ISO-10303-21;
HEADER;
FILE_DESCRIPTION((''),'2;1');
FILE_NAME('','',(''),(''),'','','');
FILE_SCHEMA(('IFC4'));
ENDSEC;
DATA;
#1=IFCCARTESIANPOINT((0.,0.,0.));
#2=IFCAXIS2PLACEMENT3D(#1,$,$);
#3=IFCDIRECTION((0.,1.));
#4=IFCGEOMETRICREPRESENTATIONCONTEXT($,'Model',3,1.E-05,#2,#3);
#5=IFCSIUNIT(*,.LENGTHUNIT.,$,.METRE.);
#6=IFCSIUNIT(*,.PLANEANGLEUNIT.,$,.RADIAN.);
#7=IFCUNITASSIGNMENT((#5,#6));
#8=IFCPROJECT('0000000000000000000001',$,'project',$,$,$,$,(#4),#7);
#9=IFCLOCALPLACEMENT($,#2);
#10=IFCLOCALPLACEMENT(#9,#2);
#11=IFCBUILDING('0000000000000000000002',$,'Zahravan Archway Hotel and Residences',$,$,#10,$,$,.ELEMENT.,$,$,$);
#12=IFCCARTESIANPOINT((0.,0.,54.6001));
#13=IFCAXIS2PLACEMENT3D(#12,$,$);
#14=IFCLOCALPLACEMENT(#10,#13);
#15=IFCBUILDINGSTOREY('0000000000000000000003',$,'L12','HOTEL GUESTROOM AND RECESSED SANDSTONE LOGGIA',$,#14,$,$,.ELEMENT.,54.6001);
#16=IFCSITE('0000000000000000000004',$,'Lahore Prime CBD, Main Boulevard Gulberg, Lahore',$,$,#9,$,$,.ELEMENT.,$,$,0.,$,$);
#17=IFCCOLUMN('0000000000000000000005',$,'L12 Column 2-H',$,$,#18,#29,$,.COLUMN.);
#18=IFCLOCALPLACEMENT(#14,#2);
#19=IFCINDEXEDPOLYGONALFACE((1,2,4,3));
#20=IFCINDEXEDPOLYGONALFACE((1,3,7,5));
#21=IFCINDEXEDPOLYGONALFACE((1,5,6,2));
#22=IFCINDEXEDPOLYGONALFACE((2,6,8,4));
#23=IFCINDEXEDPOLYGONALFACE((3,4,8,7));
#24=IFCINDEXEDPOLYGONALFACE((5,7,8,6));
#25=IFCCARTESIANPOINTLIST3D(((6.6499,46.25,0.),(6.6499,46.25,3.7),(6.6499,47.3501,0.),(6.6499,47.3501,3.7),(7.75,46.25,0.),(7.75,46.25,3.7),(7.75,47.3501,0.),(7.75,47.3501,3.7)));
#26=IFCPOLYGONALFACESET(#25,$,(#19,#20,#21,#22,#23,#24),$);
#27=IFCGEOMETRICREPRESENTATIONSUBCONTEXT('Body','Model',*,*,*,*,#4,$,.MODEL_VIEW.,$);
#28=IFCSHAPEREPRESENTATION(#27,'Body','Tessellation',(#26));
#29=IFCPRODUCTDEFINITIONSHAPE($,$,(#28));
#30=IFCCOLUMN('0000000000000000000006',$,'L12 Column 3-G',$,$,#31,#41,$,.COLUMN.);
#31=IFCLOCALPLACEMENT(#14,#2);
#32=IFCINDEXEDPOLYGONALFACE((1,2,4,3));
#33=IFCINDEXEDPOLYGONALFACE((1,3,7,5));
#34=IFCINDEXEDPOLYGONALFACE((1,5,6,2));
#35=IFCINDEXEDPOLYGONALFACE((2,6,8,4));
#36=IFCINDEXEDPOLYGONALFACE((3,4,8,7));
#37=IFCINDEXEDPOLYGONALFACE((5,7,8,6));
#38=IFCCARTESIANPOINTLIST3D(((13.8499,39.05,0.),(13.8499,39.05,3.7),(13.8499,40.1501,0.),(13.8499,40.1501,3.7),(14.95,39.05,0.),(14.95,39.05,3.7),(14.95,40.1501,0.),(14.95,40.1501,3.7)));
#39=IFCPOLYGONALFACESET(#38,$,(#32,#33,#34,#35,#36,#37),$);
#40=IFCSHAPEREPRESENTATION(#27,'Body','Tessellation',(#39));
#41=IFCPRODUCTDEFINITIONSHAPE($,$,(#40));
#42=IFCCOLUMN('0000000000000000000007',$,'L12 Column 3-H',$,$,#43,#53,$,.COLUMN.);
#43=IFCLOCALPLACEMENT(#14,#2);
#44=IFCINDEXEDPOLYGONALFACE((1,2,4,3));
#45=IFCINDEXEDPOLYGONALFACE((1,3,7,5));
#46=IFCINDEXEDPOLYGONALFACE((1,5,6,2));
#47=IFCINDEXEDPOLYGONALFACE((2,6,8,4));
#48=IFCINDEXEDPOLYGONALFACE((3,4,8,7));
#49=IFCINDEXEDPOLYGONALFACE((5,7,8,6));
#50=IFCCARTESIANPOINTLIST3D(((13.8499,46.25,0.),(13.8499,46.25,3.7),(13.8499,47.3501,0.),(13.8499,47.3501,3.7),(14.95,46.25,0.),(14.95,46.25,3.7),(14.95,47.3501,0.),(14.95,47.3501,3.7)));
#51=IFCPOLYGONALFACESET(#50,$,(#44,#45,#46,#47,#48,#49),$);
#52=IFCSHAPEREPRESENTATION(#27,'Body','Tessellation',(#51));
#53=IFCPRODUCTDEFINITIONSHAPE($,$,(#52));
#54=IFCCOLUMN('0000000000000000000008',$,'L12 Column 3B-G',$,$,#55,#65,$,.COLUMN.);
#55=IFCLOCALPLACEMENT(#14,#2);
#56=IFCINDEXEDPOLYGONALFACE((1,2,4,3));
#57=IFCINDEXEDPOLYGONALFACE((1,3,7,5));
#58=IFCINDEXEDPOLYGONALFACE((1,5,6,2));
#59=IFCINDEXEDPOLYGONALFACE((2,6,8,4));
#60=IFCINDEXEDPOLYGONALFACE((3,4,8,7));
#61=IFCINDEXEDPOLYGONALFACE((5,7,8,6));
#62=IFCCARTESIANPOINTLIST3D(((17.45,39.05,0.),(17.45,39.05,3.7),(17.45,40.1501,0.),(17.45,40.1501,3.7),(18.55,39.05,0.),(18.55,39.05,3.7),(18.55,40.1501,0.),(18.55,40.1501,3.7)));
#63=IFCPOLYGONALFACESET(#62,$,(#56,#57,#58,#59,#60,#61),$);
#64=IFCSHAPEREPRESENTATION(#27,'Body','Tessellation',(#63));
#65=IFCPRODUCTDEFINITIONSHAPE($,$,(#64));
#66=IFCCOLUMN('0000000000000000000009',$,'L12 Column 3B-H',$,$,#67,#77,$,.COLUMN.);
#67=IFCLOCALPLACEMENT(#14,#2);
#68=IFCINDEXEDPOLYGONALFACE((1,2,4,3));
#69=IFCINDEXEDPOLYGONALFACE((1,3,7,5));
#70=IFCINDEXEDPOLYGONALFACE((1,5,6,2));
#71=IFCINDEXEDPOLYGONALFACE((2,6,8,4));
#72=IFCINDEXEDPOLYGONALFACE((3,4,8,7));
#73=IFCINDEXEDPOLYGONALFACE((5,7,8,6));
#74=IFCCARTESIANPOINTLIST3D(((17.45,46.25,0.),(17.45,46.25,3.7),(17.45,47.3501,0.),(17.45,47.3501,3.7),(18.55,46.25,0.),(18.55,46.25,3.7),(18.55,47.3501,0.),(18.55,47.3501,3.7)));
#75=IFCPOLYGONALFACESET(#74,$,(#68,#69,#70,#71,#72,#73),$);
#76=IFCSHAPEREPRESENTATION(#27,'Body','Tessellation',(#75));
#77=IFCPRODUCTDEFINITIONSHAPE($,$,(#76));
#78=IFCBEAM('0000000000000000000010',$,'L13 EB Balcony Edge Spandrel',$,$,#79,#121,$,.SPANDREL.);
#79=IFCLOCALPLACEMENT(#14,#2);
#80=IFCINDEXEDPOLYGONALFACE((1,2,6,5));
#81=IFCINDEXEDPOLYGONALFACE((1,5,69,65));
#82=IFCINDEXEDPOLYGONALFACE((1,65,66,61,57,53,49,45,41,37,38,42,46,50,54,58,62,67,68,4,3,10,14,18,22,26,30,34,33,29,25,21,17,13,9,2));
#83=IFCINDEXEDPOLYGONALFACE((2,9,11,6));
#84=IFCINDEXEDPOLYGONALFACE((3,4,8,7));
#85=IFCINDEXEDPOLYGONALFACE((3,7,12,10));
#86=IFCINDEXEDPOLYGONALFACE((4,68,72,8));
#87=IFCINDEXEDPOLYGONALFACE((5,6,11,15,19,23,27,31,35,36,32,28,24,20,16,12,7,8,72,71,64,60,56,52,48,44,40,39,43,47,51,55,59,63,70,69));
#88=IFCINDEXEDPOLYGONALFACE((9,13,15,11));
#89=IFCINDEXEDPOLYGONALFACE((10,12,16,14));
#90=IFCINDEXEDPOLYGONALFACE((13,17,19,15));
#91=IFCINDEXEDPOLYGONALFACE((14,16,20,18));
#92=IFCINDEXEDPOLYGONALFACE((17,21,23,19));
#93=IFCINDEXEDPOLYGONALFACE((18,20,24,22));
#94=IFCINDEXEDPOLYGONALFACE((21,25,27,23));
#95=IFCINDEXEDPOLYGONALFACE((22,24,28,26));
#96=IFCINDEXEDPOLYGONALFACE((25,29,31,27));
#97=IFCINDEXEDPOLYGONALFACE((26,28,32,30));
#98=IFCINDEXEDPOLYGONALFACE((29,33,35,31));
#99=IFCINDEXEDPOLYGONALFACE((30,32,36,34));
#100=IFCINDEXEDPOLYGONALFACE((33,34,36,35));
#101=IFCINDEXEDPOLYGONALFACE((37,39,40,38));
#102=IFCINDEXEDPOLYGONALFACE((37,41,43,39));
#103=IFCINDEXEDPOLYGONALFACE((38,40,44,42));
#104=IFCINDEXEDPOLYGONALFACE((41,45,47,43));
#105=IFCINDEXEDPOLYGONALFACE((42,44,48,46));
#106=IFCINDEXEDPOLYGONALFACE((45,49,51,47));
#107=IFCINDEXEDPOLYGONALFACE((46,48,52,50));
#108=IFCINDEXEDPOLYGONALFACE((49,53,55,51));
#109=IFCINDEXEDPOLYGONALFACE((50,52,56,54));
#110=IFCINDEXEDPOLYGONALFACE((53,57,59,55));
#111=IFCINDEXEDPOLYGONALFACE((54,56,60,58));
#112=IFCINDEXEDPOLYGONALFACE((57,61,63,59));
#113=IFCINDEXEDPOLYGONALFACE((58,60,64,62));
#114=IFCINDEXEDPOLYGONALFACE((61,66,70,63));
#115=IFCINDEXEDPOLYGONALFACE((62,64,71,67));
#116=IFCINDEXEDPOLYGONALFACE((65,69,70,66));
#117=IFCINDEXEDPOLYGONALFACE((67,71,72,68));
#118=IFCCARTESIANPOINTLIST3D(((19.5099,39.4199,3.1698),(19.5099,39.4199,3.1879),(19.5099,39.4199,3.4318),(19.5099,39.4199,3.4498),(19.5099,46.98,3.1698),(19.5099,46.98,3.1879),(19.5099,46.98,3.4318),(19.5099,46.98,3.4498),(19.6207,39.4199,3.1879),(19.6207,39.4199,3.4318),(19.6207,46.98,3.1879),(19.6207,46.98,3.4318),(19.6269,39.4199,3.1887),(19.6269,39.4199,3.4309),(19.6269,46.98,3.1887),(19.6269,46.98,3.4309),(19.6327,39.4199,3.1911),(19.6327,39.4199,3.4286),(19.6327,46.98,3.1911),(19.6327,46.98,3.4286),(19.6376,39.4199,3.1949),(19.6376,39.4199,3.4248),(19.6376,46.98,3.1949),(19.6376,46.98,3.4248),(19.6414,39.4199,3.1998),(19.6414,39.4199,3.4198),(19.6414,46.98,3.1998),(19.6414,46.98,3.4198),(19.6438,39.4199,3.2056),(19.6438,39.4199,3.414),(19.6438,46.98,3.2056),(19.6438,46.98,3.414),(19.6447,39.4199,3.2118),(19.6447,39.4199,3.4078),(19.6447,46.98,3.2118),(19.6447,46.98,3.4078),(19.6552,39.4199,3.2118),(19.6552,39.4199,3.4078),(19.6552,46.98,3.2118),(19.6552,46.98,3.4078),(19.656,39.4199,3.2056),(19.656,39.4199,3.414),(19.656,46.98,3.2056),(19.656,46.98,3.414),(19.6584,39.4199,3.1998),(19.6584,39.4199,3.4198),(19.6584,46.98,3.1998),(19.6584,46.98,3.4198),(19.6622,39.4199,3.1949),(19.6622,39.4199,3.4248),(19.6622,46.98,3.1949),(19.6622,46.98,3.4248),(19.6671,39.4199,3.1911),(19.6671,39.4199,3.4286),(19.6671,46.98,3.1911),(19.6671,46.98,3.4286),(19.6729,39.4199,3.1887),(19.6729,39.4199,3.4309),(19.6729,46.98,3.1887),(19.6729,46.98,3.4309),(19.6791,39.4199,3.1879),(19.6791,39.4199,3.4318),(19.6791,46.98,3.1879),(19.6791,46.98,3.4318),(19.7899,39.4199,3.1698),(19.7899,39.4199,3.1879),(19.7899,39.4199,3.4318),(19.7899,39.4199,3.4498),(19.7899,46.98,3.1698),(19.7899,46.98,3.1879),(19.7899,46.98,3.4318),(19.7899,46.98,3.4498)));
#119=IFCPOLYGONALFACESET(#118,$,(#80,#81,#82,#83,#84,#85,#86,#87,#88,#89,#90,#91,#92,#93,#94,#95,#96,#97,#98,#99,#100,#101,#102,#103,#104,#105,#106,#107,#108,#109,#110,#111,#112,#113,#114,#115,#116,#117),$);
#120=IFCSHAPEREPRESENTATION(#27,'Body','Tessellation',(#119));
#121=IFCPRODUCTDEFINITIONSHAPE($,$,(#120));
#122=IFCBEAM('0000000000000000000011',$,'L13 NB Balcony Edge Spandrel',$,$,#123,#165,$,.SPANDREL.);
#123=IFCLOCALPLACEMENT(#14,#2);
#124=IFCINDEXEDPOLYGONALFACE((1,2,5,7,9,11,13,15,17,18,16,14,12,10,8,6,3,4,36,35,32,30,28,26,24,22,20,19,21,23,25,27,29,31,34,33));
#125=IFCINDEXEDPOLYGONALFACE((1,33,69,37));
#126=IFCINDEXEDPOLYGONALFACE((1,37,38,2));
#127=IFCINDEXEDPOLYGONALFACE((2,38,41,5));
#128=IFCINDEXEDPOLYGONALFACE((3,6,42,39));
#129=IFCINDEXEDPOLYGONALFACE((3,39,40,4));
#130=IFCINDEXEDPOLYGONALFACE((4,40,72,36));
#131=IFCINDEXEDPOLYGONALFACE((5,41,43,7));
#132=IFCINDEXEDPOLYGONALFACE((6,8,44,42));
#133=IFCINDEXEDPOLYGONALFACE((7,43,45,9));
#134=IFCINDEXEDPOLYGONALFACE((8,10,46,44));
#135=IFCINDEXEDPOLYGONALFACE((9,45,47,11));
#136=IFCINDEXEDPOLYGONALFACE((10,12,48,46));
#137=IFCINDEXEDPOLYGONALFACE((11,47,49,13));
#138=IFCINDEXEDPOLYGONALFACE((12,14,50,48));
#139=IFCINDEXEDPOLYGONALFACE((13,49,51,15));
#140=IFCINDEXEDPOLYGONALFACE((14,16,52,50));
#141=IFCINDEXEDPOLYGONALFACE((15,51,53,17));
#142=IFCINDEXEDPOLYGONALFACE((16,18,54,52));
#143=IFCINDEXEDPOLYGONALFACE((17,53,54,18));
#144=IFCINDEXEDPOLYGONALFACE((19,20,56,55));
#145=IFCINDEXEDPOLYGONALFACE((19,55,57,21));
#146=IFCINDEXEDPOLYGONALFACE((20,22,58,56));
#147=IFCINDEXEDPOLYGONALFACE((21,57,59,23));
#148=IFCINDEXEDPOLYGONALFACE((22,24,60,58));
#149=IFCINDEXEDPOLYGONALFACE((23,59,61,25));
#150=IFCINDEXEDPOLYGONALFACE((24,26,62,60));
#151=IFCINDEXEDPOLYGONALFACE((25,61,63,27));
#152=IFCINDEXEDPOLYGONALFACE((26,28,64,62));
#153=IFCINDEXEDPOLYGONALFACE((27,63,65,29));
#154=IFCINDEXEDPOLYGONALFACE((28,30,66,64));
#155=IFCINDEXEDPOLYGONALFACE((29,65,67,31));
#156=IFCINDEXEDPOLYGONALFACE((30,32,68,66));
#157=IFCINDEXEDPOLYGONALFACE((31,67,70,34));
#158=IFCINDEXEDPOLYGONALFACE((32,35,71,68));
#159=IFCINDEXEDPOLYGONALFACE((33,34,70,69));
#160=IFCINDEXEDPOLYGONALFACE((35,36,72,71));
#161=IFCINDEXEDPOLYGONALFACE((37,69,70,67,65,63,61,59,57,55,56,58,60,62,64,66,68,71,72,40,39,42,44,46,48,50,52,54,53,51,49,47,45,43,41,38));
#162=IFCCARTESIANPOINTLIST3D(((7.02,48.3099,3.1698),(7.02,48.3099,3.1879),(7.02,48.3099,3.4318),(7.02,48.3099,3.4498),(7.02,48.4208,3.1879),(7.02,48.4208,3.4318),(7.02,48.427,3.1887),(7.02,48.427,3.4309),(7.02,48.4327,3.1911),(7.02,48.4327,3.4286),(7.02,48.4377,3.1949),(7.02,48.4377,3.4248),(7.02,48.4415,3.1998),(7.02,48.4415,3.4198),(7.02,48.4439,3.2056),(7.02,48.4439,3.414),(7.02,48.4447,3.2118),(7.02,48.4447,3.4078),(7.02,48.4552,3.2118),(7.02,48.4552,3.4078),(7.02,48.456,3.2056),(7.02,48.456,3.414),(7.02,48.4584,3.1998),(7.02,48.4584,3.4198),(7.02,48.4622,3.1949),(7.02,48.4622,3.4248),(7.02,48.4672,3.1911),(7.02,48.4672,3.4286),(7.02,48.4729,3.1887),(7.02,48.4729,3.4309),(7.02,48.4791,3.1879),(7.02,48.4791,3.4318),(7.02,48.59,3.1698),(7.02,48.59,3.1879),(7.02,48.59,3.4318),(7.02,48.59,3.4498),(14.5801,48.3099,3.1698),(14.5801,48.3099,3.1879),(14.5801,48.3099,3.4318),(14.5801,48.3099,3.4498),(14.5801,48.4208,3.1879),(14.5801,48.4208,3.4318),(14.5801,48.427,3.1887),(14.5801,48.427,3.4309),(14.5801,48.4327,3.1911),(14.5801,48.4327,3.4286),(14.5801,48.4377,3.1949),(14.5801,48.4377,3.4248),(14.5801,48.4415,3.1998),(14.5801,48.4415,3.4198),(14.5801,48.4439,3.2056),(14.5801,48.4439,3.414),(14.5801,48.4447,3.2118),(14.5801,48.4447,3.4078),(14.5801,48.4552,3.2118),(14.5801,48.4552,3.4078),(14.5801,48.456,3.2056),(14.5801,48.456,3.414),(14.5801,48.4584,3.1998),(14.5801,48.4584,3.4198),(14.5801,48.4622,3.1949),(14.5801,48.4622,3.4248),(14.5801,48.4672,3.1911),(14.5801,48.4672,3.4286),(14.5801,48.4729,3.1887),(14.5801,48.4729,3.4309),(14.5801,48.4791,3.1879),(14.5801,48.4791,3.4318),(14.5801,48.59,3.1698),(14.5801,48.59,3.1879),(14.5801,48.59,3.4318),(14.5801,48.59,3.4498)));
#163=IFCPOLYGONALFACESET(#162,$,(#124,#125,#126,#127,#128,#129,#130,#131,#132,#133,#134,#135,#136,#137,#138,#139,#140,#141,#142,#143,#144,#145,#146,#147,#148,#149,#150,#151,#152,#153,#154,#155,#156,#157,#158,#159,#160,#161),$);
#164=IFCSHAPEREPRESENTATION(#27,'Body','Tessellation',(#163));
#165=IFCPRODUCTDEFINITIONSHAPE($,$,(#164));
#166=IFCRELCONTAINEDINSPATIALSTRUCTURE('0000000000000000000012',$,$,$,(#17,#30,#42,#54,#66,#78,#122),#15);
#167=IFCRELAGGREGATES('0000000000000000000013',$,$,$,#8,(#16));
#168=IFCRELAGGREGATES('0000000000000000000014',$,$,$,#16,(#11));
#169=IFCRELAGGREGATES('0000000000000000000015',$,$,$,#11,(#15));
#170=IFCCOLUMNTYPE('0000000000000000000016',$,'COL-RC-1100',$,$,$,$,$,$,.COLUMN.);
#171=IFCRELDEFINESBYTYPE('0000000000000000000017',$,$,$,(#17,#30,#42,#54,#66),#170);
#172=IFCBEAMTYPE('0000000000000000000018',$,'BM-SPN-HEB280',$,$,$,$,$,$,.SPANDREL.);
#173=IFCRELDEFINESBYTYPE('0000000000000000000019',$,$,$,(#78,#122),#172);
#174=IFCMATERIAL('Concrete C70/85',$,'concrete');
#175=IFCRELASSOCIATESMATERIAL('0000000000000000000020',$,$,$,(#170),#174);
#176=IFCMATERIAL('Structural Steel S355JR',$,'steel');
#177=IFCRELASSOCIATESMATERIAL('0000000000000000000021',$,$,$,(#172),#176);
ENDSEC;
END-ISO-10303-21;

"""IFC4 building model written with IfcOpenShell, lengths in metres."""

from ifc_helpers import new_model, si_unit, direction, frame, origin, origin_2d, place, context, subcontext, project, spatial, rectangle, i_section, extrude, source, transform, mapped, material, material_profile, profile_set, type_object, type_shapes, element, save


model = new_model("IFC4")

# Units and contexts
model_context = context("Model", 3, precision=1e-05, world=origin(), true_north=direction((0.0, 1.0)))
body_context = subcontext(model_context, "Body", "Model", "MODEL_VIEW")
ifc_project = project(units=[si_unit("LENGTHUNIT", "METRE"), si_unit("PLANEANGLEUNIT", "RADIAN")], contexts=[model_context])

# Site, building, storey
site_placement = place(None, origin())
site = spatial("IfcSite", under=ifc_project, at=site_placement, Name="Lahore Prime CBD, Main Boulevard Gulberg, Lahore", CompositionType="ELEMENT", RefElevation=0.0)
building_placement = place(site_placement, origin())
building = spatial("IfcBuilding", under=site, at=building_placement, Name="Zahravan Archway Hotel and Residences", CompositionType="ELEMENT")
storey_placement = place(building_placement, frame((0.0, 0.0, 54.6001)))
storey = spatial("IfcBuildingStorey", under=building, at=storey_placement, Name="L12", Description="HOTEL GUESTROOM AND RECESSED SANDSTONE LOGGIA", CompositionType="ELEMENT", Elevation=54.6001)

# Columns
ifc_material_1 = material(Name="Concrete C70/85", Category="concrete")
ifc_material_profile_1 = material_profile(ifc_material_1, rectangle(XDim=1.1001, YDim=1.1001, at=origin_2d()), Name="RC 1100x1100", Category="concrete")
ifc_profile_set_1 = profile_set([ifc_material_profile_1], Name="Concrete C70/85")
column_type = type_object("IfcColumnType", Name="COL-RC-1100", PredefinedType="COLUMN", material=ifc_profile_set_1)
shared_shape_1 = source(origin(), body_context, "Body", "SweptSolid", [
    extrude(rectangle(XDim=1.1001, YDim=1.1001, at=origin_2d()), origin(), (0.0, 0.0, 1.0), 3.7),
])
for number, where, z_axis, x_axis, name in (
    (1, (7.2, 46.8, 0.0), (0.0, 0.0, 1.0), (1.0, 0.0, 0.0), "L12 Column 2-H"),
    (2, (14.3999, 39.6001, 0.0), (0.0, 0.0, 1.0), (1.0, 0.0, 0.0), "L12 Column 3-G"),
    (3, (14.3999, 46.8, 0.0), (0.0, 0.0, 1.0), (1.0, 0.0, 0.0), "L12 Column 3-H"),
    (4, (18.0, 39.6001, 0.0), (0.0, 0.0, 1.0), (1.0, 0.0, 0.0), "L12 Column 3B-G"),
    (5, (18.0, 46.8, 0.0), (0.0, 0.0, 1.0), (1.0, 0.0, 0.0), "L12 Column 3B-H"),
):
    element("IfcColumn", number, at=place(storey_placement, frame(where, z_axis=z_axis, x_axis=x_axis)), inside=storey, type_object=column_type, Name=name, PredefinedType="COLUMN", context=body_context, shape_type="MappedRepresentation", body=[
        mapped(shared_shape_1, transform((0.0, 0.0, 0.0), scale=1.0)),
    ])

# Beams
ifc_material_2 = material(Name="Structural Steel S355JR", Category="steel")
ifc_material_profile_2 = material_profile(ifc_material_2, i_section(OverallWidth=0.28, OverallDepth=0.28, WebThickness=0.0105, FlangeThickness=0.0181, FilletRadius=0.0239, at=origin_2d()), Name="HEB 280", Category="steel")
ifc_profile_set_2 = profile_set([ifc_material_profile_2], Name="Structural Steel S355JR")
beam_type_1 = type_object("IfcBeamType", Name="BM-SPN-HEB280", PredefinedType="SPANDREL", material=ifc_profile_set_2)
shared_shape_2 = source(origin(), body_context, "Body", "SweptSolid", [
    extrude(i_section(OverallWidth=0.28, OverallDepth=0.28, WebThickness=0.0105, FlangeThickness=0.0181, FilletRadius=0.0239, at=origin_2d()), origin(), (0.0, 0.0, 1.0), 7.5601),
])
type_shapes(beam_type_1, [shared_shape_2])
for number, where, z_axis, x_axis, name in (
    (6, (19.6499, 39.4199, 3.3098), (0.0, 1.0, 0.0), (-1.0, 0.0, 0.0), "L13 EB Balcony Edge Spandrel"),
    (7, (7.02, 48.45, 3.3098), (1.0, 0.0, 0.0), (0.0, 1.0, 0.0), "L13 NB Balcony Edge Spandrel"),
):
    element("IfcBeam", number, at=place(storey_placement, frame(where, z_axis=z_axis, x_axis=x_axis)), inside=storey, type_object=beam_type_1, Name=name, PredefinedType="SPANDREL", context=body_context, shape_type="MappedRepresentation", body=[
        mapped(shared_shape_2, transform((0.0, 0.0, 0.0), scale=1.0)),
    ])

save(model, "model.ifc")
